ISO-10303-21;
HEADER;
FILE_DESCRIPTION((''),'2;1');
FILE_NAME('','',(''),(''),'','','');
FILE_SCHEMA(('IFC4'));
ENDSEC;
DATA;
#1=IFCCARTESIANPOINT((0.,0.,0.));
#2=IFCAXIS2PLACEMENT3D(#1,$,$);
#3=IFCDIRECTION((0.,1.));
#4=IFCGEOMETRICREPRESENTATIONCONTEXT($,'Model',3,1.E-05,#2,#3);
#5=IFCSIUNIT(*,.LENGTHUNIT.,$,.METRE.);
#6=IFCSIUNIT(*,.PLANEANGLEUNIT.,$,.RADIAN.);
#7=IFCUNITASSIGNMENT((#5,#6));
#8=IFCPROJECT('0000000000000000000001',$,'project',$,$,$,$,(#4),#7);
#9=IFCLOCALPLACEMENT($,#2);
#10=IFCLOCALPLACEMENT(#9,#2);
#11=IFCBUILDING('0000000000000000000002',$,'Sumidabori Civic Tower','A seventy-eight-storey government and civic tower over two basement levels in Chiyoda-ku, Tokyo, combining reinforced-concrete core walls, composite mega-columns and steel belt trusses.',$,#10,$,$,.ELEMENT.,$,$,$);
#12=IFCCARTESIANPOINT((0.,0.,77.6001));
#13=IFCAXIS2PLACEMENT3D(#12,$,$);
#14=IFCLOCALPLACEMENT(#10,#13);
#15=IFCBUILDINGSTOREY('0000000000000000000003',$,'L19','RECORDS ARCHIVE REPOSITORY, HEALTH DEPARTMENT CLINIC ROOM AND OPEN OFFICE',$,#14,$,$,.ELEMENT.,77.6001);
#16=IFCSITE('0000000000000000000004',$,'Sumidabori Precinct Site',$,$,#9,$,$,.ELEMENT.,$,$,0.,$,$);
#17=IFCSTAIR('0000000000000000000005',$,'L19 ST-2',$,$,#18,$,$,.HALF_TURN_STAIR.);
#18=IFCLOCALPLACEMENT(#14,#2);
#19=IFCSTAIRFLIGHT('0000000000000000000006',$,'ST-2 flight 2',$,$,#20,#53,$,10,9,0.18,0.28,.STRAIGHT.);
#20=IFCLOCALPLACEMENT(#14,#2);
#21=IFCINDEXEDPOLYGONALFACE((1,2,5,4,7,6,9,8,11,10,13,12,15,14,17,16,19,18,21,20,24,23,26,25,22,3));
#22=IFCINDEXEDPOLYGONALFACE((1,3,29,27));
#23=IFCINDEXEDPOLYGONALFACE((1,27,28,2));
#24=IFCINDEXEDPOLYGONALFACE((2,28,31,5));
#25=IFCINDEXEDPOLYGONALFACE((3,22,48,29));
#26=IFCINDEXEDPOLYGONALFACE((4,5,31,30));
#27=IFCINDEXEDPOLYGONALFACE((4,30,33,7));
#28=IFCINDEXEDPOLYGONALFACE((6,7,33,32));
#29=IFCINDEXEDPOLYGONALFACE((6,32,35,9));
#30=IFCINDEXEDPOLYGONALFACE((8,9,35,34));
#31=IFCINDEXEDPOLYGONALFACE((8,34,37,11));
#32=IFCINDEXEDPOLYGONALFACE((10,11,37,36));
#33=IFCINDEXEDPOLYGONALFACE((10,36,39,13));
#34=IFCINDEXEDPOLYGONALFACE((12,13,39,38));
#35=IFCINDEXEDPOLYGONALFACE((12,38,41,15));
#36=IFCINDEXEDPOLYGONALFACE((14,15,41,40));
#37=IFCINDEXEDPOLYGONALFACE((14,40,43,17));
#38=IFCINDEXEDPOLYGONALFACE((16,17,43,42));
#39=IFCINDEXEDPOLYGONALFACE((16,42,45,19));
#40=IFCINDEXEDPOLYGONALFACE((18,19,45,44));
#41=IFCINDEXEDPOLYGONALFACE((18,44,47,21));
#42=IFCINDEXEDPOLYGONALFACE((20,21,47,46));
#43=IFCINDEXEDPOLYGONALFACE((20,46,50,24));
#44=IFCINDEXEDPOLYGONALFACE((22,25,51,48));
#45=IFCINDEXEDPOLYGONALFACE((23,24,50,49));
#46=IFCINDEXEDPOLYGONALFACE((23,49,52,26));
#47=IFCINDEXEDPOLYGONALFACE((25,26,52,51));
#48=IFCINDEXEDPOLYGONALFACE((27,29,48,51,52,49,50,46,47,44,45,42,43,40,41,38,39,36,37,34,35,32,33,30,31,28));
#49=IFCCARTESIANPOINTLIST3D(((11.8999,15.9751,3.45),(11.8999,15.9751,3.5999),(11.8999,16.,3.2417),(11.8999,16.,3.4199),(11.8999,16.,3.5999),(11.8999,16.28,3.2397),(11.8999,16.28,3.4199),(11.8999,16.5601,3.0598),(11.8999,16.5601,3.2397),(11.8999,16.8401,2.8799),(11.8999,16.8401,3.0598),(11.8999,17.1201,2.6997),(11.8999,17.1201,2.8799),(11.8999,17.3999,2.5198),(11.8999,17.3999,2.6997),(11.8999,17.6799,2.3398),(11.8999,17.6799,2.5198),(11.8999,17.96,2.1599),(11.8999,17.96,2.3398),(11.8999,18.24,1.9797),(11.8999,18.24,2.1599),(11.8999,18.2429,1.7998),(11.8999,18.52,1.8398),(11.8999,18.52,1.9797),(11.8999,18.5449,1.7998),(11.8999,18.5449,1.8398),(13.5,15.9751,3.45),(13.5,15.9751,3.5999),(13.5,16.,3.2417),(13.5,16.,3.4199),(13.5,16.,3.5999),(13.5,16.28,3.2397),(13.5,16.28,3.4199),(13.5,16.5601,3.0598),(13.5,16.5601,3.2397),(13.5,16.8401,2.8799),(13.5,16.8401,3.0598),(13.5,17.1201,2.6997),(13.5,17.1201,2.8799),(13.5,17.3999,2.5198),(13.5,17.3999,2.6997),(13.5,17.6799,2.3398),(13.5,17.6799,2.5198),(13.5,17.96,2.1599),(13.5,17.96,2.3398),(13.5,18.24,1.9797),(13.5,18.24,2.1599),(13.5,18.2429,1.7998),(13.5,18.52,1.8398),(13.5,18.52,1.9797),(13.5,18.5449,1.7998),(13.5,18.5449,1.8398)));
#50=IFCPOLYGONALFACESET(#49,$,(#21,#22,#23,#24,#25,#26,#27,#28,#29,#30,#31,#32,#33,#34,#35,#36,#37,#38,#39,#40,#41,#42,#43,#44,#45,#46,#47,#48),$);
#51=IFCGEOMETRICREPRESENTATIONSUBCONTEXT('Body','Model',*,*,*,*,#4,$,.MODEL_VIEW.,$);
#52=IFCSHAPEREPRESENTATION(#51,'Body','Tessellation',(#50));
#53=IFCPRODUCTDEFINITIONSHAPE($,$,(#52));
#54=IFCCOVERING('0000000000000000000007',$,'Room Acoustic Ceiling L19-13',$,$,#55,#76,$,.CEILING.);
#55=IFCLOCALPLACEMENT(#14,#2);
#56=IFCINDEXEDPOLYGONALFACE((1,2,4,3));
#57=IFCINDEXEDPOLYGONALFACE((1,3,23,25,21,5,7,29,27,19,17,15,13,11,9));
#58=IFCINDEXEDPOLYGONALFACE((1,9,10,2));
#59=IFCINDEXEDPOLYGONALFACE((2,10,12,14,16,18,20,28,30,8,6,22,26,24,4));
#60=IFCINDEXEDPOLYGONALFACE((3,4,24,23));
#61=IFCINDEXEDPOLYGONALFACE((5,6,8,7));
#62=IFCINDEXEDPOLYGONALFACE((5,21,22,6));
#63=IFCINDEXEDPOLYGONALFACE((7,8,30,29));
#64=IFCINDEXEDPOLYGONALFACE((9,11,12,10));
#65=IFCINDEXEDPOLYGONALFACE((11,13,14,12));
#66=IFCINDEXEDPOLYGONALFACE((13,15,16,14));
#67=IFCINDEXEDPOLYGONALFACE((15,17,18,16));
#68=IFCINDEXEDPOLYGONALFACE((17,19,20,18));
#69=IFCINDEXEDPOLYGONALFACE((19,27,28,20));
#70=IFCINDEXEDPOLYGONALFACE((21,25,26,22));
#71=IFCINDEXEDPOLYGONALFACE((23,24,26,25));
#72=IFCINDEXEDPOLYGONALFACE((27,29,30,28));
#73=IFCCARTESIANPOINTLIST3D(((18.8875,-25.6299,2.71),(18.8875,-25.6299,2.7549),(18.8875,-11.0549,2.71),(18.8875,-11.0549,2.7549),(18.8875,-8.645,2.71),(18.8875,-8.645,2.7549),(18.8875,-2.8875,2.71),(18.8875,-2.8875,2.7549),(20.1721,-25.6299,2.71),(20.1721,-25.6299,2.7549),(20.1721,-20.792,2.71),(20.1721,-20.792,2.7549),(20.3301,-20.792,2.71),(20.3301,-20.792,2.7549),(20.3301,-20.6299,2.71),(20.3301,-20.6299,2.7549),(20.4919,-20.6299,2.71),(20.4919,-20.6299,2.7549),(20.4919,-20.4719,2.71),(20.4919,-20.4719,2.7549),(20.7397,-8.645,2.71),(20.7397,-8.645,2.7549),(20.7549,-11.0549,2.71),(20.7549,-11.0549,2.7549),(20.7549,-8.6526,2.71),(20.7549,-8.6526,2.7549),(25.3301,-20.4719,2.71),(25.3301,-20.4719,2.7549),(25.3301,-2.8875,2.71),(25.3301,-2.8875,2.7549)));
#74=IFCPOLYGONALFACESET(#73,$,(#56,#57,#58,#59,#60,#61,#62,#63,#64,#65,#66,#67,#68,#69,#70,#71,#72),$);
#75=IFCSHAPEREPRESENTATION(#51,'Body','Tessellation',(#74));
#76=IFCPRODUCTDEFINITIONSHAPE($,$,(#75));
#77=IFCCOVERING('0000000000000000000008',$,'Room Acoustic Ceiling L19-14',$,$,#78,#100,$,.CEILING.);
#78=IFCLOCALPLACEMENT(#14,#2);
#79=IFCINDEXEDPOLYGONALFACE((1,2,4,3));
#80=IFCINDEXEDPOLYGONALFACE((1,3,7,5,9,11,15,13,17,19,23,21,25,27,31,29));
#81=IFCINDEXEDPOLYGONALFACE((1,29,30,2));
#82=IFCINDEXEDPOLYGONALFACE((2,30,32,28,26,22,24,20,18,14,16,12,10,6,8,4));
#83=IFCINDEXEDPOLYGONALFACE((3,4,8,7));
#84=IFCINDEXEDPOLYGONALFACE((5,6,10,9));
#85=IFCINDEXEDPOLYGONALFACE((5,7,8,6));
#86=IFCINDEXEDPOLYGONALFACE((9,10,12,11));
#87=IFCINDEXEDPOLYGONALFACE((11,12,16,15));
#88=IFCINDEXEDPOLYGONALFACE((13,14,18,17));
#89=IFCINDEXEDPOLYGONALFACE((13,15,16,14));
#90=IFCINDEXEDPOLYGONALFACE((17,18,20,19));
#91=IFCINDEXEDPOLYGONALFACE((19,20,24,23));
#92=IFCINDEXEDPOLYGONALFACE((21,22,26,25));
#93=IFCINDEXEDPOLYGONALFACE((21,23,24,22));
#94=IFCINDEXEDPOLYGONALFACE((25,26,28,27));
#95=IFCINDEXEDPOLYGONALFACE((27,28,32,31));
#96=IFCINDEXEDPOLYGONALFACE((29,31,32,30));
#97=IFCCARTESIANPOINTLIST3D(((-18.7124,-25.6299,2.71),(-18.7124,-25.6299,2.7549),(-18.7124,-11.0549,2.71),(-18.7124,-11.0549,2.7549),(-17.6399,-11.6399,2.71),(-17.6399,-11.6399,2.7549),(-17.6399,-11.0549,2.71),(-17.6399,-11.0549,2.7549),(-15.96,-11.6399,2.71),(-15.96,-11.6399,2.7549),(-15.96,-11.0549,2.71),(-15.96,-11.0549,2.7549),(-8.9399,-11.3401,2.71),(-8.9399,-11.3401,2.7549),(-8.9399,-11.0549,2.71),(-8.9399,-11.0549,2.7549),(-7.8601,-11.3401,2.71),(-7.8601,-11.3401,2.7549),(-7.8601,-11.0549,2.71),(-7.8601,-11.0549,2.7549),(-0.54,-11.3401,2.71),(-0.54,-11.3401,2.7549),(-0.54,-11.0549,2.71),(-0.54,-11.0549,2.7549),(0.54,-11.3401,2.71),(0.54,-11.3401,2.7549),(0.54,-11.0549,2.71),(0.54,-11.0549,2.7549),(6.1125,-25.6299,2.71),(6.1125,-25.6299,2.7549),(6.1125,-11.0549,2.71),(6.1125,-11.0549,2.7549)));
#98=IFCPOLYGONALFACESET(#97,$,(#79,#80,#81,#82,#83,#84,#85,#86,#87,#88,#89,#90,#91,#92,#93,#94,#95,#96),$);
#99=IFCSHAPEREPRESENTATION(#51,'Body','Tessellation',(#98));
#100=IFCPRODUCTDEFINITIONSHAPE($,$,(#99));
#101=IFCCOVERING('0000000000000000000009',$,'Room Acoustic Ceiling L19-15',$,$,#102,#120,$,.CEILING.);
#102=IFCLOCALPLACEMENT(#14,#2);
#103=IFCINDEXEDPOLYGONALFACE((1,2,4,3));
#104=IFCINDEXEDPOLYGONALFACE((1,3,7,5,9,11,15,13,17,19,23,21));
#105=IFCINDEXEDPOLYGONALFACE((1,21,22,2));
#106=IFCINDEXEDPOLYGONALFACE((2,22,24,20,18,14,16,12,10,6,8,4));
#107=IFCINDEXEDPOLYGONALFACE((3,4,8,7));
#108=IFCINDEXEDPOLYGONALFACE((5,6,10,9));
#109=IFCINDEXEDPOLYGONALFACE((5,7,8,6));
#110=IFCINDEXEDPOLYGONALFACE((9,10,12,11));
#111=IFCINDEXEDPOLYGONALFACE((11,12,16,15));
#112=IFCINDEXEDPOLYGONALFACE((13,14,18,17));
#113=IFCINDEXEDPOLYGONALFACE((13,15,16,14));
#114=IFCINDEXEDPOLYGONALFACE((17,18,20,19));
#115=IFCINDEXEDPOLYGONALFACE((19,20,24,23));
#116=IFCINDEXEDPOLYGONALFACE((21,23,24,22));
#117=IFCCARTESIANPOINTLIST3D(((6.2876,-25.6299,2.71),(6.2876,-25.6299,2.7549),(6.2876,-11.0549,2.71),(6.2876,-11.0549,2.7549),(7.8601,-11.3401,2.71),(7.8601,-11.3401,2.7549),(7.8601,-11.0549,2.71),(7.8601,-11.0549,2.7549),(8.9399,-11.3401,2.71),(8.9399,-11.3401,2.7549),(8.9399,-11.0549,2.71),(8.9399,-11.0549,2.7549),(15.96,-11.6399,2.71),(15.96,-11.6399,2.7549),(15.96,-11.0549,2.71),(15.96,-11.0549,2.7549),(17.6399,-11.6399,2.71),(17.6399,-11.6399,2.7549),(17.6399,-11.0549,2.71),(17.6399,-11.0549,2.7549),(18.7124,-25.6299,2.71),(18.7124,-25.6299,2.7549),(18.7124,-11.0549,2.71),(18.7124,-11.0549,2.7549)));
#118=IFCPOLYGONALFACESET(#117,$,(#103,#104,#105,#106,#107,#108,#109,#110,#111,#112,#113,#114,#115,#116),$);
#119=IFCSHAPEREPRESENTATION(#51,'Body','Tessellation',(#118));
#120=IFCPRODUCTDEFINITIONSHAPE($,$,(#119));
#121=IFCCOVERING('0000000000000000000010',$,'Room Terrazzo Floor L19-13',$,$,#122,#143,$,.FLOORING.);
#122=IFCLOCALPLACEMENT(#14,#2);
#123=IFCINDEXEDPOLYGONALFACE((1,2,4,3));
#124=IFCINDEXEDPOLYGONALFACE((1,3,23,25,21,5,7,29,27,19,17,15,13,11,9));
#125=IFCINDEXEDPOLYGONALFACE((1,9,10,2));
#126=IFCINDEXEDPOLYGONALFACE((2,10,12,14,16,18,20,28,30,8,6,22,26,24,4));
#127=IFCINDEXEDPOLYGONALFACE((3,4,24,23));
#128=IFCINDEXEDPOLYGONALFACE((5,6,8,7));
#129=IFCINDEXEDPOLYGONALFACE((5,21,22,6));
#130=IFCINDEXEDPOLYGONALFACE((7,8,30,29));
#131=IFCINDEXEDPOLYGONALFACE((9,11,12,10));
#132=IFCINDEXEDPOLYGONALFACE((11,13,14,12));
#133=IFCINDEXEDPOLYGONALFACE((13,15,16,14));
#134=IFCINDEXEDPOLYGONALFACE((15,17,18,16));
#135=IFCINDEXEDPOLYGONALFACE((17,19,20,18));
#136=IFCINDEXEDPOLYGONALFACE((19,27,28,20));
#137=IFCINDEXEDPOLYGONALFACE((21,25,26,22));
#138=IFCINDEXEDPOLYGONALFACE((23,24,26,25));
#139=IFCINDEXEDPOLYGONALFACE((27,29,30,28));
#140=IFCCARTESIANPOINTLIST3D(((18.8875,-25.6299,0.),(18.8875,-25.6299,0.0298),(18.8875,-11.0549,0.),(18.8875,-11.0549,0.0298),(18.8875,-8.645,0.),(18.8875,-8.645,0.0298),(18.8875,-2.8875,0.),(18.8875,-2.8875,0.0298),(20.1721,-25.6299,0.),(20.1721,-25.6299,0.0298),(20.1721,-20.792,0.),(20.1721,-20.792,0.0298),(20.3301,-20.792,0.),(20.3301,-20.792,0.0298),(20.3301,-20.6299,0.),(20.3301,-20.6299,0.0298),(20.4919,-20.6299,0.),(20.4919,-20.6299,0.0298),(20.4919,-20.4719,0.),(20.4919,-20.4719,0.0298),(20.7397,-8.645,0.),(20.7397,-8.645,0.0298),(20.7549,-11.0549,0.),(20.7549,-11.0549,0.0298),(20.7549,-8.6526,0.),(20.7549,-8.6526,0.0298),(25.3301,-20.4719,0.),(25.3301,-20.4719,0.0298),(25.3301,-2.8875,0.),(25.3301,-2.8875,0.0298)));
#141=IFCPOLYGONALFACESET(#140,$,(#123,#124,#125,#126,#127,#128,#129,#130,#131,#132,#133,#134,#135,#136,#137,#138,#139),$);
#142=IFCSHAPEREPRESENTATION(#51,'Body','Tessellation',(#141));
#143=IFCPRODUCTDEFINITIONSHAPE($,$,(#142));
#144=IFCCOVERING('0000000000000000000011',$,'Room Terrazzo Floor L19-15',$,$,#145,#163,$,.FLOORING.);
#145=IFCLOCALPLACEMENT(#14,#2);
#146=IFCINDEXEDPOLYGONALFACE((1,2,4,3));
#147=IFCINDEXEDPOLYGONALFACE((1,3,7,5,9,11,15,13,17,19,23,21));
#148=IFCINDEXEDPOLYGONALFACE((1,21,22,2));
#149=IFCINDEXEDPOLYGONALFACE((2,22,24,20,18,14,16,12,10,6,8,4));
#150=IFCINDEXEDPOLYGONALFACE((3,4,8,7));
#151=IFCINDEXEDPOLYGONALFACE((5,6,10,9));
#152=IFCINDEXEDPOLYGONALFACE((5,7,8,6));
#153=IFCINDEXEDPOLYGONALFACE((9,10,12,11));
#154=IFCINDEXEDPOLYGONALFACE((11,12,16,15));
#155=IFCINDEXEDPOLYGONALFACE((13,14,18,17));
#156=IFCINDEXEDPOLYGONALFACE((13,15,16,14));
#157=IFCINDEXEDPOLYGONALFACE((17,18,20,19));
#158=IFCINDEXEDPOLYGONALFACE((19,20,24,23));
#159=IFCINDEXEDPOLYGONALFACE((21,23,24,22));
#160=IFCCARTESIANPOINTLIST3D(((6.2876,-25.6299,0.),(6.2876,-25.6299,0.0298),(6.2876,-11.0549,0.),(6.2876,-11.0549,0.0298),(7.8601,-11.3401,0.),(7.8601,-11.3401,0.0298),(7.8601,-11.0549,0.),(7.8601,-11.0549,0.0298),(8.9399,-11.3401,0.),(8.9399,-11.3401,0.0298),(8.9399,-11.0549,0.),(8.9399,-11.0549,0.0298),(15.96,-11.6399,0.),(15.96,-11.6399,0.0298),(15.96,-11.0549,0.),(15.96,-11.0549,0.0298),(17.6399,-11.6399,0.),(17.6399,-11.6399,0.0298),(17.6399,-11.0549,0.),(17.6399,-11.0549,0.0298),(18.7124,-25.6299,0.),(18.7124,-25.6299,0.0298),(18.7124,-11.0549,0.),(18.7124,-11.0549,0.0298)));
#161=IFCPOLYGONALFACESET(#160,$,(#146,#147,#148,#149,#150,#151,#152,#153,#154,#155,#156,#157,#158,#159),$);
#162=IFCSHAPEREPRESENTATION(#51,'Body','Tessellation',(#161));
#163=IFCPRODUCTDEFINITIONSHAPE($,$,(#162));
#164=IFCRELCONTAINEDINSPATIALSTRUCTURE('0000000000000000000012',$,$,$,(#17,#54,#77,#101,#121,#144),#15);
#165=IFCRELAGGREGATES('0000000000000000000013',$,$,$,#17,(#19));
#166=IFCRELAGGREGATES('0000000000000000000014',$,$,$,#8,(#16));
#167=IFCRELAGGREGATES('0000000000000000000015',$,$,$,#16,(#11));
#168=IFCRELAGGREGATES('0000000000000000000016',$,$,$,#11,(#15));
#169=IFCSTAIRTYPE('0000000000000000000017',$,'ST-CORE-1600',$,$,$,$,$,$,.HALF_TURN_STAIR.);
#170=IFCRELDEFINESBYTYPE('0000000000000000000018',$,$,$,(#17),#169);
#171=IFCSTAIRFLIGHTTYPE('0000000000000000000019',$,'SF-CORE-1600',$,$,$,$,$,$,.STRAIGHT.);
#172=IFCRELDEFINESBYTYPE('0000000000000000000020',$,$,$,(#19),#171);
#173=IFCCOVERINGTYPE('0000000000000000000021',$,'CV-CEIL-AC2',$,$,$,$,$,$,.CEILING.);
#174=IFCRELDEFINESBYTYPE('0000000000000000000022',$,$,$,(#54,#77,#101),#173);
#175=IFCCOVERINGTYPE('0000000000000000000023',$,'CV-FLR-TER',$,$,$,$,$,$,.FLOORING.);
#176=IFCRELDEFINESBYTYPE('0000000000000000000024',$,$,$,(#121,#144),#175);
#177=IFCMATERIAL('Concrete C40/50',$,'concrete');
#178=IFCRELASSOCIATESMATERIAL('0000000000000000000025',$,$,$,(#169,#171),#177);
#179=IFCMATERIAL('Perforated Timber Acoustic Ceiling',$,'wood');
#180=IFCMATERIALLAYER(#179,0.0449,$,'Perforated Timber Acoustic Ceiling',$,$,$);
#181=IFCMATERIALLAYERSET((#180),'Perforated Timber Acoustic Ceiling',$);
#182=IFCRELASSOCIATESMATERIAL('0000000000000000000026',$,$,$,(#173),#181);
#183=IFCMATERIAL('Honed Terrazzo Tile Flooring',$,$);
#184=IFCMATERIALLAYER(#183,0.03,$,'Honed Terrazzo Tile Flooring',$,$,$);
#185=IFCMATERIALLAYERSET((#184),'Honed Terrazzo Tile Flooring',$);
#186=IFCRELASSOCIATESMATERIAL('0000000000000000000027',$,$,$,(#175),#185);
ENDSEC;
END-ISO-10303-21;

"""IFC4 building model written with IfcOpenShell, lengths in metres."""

from ifc_helpers import new_model, si_unit, direction, frame, origin, place, context, subcontext, project, spatial, polyline, outline, extrude, source, transform, mapped, material, layer, layer_set, type_object, element, aggregate, save


model = new_model("IFC4")

# Units and contexts
model_context = context("Model", 3, precision=1e-05, world=origin(), true_north=direction((0.0, 1.0)))
body_context = subcontext(model_context, "Body", "Model", "MODEL_VIEW")
ifc_project = project(units=[si_unit("LENGTHUNIT", "METRE"), si_unit("PLANEANGLEUNIT", "RADIAN")], contexts=[model_context])

# Site, building, storey
site_placement = place(None, origin())
site = spatial("IfcSite", under=ifc_project, at=site_placement, Name="Sumidabori Precinct Site", CompositionType="ELEMENT", RefElevation=0.0)
building_placement = place(site_placement, origin())
building = spatial("IfcBuilding", under=site, at=building_placement, Name="Sumidabori Civic Tower", Description="A seventy-eight-storey government and civic tower over two basement levels in Chiyoda-ku, Tokyo, combining reinforced-concrete core walls, composite mega-columns and steel belt trusses.", CompositionType="ELEMENT")
storey_placement = place(building_placement, frame((0.0, 0.0, 77.6001)))
storey = spatial("IfcBuildingStorey", under=building, at=storey_placement, Name="L19", Description="RECORDS ARCHIVE REPOSITORY, HEALTH DEPARTMENT CLINIC ROOM AND OPEN OFFICE", CompositionType="ELEMENT", Elevation=77.6001)

# Stair, stair flight
ifc_material_1 = material(Name="Concrete C40/50", Category="concrete")
stair_type = type_object("IfcStairType", Name="ST-CORE-1600", PredefinedType="HALF_TURN_STAIR", material=ifc_material_1)
stair_placement = place(storey_placement, origin())
stair = element("IfcStair", 1, at=stair_placement, inside=storey, type_object=stair_type, Name="L19 ST-2", PredefinedType="HALF_TURN_STAIR")
stair_flight_type = type_object("IfcStairFlightType", Name="SF-CORE-1600", PredefinedType="STRAIGHT", material=ifc_material_1)
shared_shape_1 = source(origin(), body_context, "Body", "SweptSolid", [
    extrude(outline(polyline([(-0.0249, 0.0), (-0.0249, 0.04), (0.0, 0.04), (0.0, 0.1799), (0.28, 0.1799), (0.28, 0.3601), (0.5601, 0.3601), (0.5601, 0.54), (0.8401, 0.54), (0.8401, 0.72), (1.1201, 0.72), (1.1201, 0.8999), (1.3999, 0.8999), (1.3999, 1.0801), (1.6799, 1.0801), (1.6799, 1.26), (1.96, 1.26), (1.96, 1.4399), (2.24, 1.4399), (2.24, 1.6201), (2.52, 1.6201), (2.52, 1.8), (2.5449, 1.8), (2.5449, 1.6501), (2.52, 1.4419), (0.2771, 0.0), (-0.0249, 0.0)])), frame((0.0, 0.8, 0.0), z_axis=(0.0, -1.0, 0.0), x_axis=(1.0, 0.0, 0.0)), (0.0, 0.0, 1.0), 1.6001),
])
stair_flight_placement = place(storey_placement, frame((12.7, 18.52, 1.7998), z_axis=(0.0, 0.0, 1.0), x_axis=(0.0, -1.0, 0.0)))
stair_flight = element("IfcStairFlight", 2, at=stair_flight_placement, type_object=stair_flight_type, Name="ST-2 flight 2", NumberOfRisers=10, NumberOfTreads=9, PredefinedType="STRAIGHT", RiserHeight=0.18, TreadLength=0.28, context=body_context, shape_type="MappedRepresentation", body=[
    mapped(shared_shape_1, transform((0.0, 0.0, 0.0), x_axis=(1.0, 0.0, 0.0), y_axis=(0.0, 1.0, 0.0), z_axis=(0.0, 0.0, 1.0), scale=1.0)),
])
aggregate(stair, [stair_flight])

# Coverings
ifc_material_2 = material(Name="Perforated Timber Acoustic Ceiling", Category="wood")
ifc_layer_1 = layer(ifc_material_2, 0.0449, Name="Perforated Timber Acoustic Ceiling")
ifc_layer_set_1 = layer_set([ifc_layer_1], Name="Perforated Timber Acoustic Ceiling")
covering_type_1 = type_object("IfcCoveringType", Name="CV-CEIL-AC2", PredefinedType="CEILING", material=ifc_layer_set_1)
covering_1_placement = place(storey_placement, frame((0.0, 0.0, 2.71)))
element("IfcCovering", 3, at=covering_1_placement, inside=storey, type_object=covering_type_1, Name="Room Acoustic Ceiling L19-13", PredefinedType="CEILING", context=body_context, shape_type="SweptSolid", body=[
    extrude(outline(polyline([(18.8875, -11.0549), (20.7549, -11.0549), (20.7549, -8.6526), (20.7397, -8.645), (18.8875, -8.645), (18.8875, -2.8875), (25.3301, -2.8875), (25.3301, -20.4719), (20.4919, -20.4719), (20.4919, -20.6299), (20.3301, -20.6299), (20.3301, -20.792), (20.1721, -20.792), (20.1721, -25.6299), (18.8875, -25.6299), (18.8875, -11.0549)])), origin(), (0.0, 0.0, 1.0), 0.0449),
])
covering_2_placement = place(storey_placement, frame((0.0, 0.0, 2.71)))
element("IfcCovering", 4, at=covering_2_placement, inside=storey, type_object=covering_type_1, Name="Room Acoustic Ceiling L19-14", PredefinedType="CEILING", context=body_context, shape_type="SweptSolid", body=[
    extrude(outline(polyline([(-18.7124, -11.0549), (-17.6399, -11.0549), (-17.6399, -11.6399), (-15.96, -11.6399), (-15.96, -11.0549), (-8.9399, -11.0549), (-8.9399, -11.3401), (-7.8601, -11.3401), (-7.8601, -11.0549), (-0.54, -11.0549), (-0.54, -11.3401), (0.54, -11.3401), (0.54, -11.0549), (6.1125, -11.0549), (6.1125, -25.6299), (-18.7124, -25.6299), (-18.7124, -11.0549)])), origin(), (0.0, 0.0, 1.0), 0.0449),
])
covering_3_placement = place(storey_placement, frame((0.0, 0.0, 2.71)))
element("IfcCovering", 5, at=covering_3_placement, inside=storey, type_object=covering_type_1, Name="Room Acoustic Ceiling L19-15", PredefinedType="CEILING", context=body_context, shape_type="SweptSolid", body=[
    extrude(outline(polyline([(6.2876, -11.0549), (7.8601, -11.0549), (7.8601, -11.3401), (8.9399, -11.3401), (8.9399, -11.0549), (15.96, -11.0549), (15.96, -11.6399), (17.6399, -11.6399), (17.6399, -11.0549), (18.7124, -11.0549), (18.7124, -25.6299), (6.2876, -25.6299), (6.2876, -11.0549)])), origin(), (0.0, 0.0, 1.0), 0.0449),
])
ifc_material_3 = material(Name="Honed Terrazzo Tile Flooring")
ifc_layer_2 = layer(ifc_material_3, 0.03, Name="Honed Terrazzo Tile Flooring")
ifc_layer_set_2 = layer_set([ifc_layer_2], Name="Honed Terrazzo Tile Flooring")
covering_type_2 = type_object("IfcCoveringType", Name="CV-FLR-TER", PredefinedType="FLOORING", material=ifc_layer_set_2)
covering_4_placement = place(storey_placement, origin())
element("IfcCovering", 6, at=covering_4_placement, inside=storey, type_object=covering_type_2, Name="Room Terrazzo Floor L19-13", PredefinedType="FLOORING", context=body_context, shape_type="SweptSolid", body=[
    extrude(outline(polyline([(18.8875, -11.0549), (20.7549, -11.0549), (20.7549, -8.6526), (20.7397, -8.645), (18.8875, -8.645), (18.8875, -2.8875), (25.3301, -2.8875), (25.3301, -20.4719), (20.4919, -20.4719), (20.4919, -20.6299), (20.3301, -20.6299), (20.3301, -20.792), (20.1721, -20.792), (20.1721, -25.6299), (18.8875, -25.6299), (18.8875, -11.0549)])), origin(), (0.0, 0.0, 1.0), 0.0298),
])
covering_5_placement = place(storey_placement, origin())
element("IfcCovering", 7, at=covering_5_placement, inside=storey, type_object=covering_type_2, Name="Room Terrazzo Floor L19-15", PredefinedType="FLOORING", context=body_context, shape_type="SweptSolid", body=[
    extrude(outline(polyline([(6.2876, -11.0549), (7.8601, -11.0549), (7.8601, -11.3401), (8.9399, -11.3401), (8.9399, -11.0549), (15.96, -11.0549), (15.96, -11.6399), (17.6399, -11.6399), (17.6399, -11.0549), (18.7124, -11.0549), (18.7124, -25.6299), (6.2876, -25.6299), (6.2876, -11.0549)])), origin(), (0.0, 0.0, 1.0), 0.0298),
])

save(model, "model.ifc")
